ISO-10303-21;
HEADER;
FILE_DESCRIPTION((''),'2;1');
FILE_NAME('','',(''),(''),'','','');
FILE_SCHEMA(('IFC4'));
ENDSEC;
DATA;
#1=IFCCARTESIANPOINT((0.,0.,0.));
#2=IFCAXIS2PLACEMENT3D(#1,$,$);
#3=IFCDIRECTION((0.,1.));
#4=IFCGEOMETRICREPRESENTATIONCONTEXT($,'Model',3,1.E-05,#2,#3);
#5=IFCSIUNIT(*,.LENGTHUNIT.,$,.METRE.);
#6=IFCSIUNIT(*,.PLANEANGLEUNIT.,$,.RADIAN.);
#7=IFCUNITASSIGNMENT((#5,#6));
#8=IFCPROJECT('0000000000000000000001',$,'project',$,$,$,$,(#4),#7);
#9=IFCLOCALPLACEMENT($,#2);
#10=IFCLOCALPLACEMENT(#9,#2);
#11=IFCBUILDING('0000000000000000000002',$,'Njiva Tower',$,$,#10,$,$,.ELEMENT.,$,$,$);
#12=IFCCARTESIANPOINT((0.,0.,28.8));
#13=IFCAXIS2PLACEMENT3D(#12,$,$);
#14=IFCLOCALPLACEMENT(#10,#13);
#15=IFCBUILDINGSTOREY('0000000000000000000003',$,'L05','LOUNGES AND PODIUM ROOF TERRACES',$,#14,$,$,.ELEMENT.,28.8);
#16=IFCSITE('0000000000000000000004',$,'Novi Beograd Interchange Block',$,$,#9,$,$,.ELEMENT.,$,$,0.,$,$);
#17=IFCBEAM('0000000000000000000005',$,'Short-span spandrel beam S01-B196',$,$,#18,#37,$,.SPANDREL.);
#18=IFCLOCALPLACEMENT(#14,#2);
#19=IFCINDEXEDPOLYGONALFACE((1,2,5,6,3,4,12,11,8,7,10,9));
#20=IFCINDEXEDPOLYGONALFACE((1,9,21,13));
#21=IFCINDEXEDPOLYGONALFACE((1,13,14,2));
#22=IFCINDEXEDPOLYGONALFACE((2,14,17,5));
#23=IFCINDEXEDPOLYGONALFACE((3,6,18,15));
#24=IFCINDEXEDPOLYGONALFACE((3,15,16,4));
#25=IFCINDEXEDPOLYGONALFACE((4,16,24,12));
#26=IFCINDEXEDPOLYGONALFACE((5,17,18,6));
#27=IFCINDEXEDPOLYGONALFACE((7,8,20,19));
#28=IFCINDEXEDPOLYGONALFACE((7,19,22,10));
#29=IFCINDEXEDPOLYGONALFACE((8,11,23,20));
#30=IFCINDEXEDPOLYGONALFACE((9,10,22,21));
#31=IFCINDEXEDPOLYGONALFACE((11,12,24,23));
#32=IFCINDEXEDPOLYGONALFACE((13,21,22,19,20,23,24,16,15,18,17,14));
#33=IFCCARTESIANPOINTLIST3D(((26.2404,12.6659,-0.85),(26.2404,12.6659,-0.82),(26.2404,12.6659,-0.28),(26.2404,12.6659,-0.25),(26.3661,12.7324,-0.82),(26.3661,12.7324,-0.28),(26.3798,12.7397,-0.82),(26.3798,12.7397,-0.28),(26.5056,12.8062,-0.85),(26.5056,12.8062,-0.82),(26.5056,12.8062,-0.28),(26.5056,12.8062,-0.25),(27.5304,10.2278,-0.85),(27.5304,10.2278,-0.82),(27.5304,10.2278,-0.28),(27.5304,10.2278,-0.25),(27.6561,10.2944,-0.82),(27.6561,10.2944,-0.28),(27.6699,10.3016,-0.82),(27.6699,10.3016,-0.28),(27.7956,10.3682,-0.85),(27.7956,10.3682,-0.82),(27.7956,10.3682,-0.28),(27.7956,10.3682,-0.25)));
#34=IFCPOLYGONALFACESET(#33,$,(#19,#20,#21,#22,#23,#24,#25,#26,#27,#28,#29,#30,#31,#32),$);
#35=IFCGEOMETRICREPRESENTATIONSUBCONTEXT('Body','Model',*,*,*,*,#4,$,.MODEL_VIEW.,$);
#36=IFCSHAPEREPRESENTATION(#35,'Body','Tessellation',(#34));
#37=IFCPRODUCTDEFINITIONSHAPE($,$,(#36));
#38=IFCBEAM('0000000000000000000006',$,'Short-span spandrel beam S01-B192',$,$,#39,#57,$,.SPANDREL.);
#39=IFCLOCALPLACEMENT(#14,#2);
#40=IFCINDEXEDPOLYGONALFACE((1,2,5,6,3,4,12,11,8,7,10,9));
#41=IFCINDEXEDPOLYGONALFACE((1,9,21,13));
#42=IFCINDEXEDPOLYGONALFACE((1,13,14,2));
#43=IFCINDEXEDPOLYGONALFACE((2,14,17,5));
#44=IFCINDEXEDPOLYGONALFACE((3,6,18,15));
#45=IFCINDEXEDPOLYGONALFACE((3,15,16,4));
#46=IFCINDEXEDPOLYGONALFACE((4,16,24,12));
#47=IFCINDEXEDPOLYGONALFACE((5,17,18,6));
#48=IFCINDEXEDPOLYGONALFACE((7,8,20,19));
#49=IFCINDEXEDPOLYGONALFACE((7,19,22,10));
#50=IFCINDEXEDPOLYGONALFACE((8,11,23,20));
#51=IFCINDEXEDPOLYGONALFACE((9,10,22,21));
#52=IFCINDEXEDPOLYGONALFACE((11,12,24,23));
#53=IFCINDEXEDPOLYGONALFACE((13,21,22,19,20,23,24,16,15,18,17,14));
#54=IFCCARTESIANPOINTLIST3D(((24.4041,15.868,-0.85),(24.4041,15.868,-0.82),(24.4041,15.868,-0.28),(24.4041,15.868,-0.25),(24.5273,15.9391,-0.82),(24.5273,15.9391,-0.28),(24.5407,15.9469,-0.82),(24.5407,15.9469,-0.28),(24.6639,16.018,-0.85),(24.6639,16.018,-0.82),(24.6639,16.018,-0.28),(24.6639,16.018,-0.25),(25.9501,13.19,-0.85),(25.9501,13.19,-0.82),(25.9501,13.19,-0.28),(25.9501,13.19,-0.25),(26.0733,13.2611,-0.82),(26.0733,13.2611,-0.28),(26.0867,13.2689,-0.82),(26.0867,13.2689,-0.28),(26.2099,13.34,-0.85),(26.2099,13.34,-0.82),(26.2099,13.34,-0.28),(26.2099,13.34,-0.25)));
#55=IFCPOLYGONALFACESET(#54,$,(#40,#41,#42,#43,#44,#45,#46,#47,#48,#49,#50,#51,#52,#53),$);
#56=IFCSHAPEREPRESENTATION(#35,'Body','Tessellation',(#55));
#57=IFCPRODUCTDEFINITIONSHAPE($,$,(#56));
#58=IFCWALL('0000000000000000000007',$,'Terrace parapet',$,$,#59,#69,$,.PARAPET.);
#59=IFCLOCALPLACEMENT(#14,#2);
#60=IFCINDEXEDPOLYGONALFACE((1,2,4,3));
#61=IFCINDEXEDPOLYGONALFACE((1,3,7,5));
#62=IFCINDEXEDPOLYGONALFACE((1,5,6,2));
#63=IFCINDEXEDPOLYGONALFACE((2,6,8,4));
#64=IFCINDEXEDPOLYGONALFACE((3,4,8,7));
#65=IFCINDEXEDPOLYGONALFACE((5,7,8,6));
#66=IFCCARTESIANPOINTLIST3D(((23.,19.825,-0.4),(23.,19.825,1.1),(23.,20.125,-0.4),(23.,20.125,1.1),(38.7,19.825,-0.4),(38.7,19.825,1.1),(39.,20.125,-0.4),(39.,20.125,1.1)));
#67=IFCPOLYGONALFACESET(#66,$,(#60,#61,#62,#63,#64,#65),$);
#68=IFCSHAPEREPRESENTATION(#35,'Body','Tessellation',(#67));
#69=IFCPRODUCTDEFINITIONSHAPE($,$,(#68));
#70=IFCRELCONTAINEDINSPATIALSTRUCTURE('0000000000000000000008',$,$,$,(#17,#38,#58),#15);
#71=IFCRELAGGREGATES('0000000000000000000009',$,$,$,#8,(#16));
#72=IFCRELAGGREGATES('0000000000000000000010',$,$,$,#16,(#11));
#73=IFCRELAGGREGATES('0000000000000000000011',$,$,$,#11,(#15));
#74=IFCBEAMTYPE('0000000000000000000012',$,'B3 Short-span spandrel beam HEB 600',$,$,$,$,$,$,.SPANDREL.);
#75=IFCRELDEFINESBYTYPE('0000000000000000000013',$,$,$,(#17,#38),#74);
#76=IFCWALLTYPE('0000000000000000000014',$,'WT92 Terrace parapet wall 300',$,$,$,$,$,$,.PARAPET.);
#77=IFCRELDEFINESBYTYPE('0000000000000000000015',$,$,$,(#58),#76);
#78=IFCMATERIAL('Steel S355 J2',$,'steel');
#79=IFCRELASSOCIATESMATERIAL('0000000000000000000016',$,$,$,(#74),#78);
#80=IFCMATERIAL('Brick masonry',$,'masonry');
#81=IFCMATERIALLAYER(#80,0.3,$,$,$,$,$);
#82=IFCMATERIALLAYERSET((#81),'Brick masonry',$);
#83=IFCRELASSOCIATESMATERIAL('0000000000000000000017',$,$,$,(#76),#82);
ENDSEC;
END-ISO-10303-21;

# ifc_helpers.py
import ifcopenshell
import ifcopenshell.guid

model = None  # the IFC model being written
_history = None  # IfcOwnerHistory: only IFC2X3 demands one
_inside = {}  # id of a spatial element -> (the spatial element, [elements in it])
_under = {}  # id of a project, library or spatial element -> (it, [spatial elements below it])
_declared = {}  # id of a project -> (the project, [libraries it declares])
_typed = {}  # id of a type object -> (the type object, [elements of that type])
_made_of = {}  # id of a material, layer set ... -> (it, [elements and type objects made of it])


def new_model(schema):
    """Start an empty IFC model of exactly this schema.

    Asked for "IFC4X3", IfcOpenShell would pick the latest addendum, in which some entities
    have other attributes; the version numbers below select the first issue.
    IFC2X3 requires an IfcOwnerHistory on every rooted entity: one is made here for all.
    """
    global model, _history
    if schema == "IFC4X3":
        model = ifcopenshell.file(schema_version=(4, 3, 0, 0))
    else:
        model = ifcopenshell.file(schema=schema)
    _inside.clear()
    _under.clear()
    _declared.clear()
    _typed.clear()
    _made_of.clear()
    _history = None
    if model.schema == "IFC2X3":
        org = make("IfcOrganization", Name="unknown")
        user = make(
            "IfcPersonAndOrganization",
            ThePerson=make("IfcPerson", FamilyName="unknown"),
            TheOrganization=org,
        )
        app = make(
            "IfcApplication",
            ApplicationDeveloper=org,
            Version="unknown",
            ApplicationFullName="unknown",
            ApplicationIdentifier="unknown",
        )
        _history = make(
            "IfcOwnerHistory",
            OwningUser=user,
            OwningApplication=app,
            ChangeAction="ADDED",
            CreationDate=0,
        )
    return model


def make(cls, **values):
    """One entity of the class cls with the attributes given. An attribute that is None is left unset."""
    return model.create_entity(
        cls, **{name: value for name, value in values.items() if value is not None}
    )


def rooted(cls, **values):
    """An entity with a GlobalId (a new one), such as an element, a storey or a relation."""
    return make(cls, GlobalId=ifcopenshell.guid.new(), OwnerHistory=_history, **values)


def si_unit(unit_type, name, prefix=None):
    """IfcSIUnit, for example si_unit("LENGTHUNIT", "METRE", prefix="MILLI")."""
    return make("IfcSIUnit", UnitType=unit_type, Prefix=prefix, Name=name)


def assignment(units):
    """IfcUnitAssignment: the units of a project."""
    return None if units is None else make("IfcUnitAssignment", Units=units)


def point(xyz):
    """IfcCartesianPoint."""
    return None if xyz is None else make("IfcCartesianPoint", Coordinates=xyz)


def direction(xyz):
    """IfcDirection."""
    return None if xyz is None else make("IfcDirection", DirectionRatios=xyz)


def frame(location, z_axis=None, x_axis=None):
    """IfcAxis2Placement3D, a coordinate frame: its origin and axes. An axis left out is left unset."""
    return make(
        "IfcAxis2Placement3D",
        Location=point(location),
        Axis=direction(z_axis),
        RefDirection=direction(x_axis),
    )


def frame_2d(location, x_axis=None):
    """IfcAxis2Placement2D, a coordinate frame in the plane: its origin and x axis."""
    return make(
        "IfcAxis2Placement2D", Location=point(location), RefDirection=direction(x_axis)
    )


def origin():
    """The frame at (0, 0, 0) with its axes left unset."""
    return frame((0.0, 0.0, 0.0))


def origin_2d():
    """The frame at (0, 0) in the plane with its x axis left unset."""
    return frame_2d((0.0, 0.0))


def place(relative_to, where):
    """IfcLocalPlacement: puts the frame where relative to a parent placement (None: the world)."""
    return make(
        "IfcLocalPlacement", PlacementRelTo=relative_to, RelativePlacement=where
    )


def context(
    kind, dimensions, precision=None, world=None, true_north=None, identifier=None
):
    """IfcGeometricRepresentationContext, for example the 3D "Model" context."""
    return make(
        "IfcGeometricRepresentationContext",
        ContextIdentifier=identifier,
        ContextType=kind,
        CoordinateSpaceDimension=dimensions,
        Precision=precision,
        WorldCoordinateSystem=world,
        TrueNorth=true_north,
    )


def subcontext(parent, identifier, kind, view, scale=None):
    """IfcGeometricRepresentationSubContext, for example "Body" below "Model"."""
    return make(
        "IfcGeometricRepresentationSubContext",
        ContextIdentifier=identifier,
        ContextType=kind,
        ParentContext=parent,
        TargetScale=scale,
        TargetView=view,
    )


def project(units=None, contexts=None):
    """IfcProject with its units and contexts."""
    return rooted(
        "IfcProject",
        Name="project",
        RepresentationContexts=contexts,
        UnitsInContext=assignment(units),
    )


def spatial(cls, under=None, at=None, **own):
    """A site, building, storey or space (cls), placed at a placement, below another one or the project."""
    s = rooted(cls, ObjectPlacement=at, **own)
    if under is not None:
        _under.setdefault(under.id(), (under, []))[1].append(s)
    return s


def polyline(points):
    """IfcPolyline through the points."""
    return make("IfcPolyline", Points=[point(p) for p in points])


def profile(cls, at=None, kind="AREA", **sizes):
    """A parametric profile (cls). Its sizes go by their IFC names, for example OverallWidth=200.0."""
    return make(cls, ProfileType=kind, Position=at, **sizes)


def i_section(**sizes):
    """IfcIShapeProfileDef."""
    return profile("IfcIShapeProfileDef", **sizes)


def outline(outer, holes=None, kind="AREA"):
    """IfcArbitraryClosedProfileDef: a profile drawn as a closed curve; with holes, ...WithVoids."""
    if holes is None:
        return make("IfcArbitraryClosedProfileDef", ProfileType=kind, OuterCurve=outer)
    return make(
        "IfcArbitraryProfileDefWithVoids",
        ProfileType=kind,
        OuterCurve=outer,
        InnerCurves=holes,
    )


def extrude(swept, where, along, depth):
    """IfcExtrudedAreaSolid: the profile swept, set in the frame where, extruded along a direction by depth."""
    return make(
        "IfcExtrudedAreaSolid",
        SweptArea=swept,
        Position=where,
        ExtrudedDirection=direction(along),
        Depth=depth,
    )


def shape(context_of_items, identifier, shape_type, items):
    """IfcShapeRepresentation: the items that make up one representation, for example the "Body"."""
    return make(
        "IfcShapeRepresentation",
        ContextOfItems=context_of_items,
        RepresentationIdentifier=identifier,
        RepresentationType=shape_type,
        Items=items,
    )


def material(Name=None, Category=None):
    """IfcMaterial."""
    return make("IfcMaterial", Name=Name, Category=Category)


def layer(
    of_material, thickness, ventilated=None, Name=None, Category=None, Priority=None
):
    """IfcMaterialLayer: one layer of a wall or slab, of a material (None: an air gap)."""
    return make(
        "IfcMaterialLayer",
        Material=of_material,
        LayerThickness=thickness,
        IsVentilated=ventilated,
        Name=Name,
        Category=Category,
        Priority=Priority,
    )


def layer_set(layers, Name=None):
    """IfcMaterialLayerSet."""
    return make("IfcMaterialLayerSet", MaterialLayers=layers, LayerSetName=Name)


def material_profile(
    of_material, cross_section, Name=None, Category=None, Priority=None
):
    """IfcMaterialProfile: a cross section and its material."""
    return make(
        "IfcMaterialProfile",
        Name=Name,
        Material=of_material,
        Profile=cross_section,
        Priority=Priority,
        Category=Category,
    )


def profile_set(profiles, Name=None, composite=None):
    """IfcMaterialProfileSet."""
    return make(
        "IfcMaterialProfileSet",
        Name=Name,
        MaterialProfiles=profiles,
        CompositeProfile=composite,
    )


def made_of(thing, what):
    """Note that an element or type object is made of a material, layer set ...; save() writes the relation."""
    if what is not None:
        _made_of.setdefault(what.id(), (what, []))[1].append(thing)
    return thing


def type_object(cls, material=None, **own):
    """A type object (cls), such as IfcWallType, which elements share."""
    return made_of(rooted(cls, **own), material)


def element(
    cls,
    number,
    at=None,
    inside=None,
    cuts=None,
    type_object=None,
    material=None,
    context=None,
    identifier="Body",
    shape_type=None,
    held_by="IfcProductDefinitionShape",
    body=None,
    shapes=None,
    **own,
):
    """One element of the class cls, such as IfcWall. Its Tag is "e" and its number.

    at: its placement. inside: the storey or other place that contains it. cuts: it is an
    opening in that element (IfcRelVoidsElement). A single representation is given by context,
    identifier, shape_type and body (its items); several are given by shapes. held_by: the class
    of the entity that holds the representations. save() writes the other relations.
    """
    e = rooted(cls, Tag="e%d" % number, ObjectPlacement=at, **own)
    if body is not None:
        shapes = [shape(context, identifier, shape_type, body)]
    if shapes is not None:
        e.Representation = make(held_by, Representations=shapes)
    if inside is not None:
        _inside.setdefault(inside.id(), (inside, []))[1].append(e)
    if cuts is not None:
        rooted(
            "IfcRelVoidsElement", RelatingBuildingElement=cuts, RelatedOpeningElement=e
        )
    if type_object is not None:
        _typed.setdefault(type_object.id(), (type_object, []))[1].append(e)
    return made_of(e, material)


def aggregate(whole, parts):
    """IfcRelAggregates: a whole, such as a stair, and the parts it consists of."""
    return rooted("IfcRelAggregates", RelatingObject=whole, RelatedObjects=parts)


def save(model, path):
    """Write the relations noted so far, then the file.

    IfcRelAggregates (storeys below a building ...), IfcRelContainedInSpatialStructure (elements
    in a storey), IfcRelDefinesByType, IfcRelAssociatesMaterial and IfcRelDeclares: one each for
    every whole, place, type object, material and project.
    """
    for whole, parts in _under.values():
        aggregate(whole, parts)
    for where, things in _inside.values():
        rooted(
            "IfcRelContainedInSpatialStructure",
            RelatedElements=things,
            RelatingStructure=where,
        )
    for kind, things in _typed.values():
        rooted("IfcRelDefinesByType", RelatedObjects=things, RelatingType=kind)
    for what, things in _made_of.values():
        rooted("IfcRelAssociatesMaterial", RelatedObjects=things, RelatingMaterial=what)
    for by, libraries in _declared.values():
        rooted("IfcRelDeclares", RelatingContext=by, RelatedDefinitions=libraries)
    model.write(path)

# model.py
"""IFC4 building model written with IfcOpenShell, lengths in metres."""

from ifc_helpers import new_model, si_unit, direction, frame, origin, origin_2d, place, context, subcontext, project, spatial, polyline, i_section, outline, extrude, material, layer, layer_set, material_profile, profile_set, type_object, element, save


model = new_model("IFC4")

# Units and contexts
model_context = context("Model", 3, precision=1e-05, world=origin(), true_north=direction((0.0, 1.0)))
body_context = subcontext(model_context, "Body", "Model", "MODEL_VIEW")
ifc_project = project(units=[si_unit("LENGTHUNIT", "METRE"), si_unit("PLANEANGLEUNIT", "RADIAN")], contexts=[model_context])

# Site, building, storey
site_placement = place(None, origin())
site = spatial("IfcSite", under=ifc_project, at=site_placement, Name="Novi Beograd Interchange Block", CompositionType="ELEMENT", RefElevation=0.0)
building_placement = place(site_placement, origin())
building = spatial("IfcBuilding", under=site, at=building_placement, Name="Njiva Tower", CompositionType="ELEMENT")
storey_placement = place(building_placement, frame((0.0, 0.0, 28.8)))
storey = spatial("IfcBuildingStorey", under=building, at=storey_placement, Name="L05", Description="LOUNGES AND PODIUM ROOF TERRACES", CompositionType="ELEMENT", Elevation=28.8)

# Shared definitions
ifc_material_1 = material(Name="Steel S355 J2", Category="steel")

# Beams
ifc_material_profile_1 = material_profile(ifc_material_1, i_section(OverallWidth=0.3, OverallDepth=0.6, WebThickness=0.0155, FlangeThickness=0.03, at=origin_2d()), Name="HEB 600")
ifc_profile_set_1 = profile_set([ifc_material_profile_1], Name="Steel S355 J2")
beam_type_1 = type_object("IfcBeamType", Name="B3 Short-span spandrel beam HEB 600", PredefinedType="SPANDREL", material=ifc_profile_set_1)
beam_1_placement = place(storey_placement, frame((27.663, 10.298, -0.55), z_axis=(-0.467688, 0.883894, 0.0), x_axis=(-0.883894, -0.467688, 0.0)))
element("IfcBeam", 1, at=beam_1_placement, inside=storey, type_object=beam_type_1, Name="Short-span spandrel beam S01-B196", PredefinedType="SPANDREL", context=body_context, shape_type="SweptSolid", body=[
    extrude(i_section(OverallWidth=0.3, OverallDepth=0.6, WebThickness=0.0155, FlangeThickness=0.03, at=origin_2d()), origin(), (0.0, 0.0, 1.0), 2.7583),
])
beam_2_placement = place(storey_placement, frame((26.08, 13.265, -0.55), z_axis=(-0.499965, 0.866046, 0.0), x_axis=(-0.866046, -0.499965, 0.0)))
element("IfcBeam", 2, at=beam_2_placement, inside=storey, type_object=beam_type_1, Name="Short-span spandrel beam S01-B192", PredefinedType="SPANDREL", context=body_context, shape_type="SweptSolid", body=[
    extrude(i_section(OverallWidth=0.3, OverallDepth=0.6, WebThickness=0.0155, FlangeThickness=0.03, at=origin_2d()), origin(), (0.0, 0.0, 1.0), 3.0922),
])

# Wall
ifc_material_2 = material(Name="Brick masonry", Category="masonry")
ifc_layer = layer(ifc_material_2, 0.3)
ifc_layer_set = layer_set([ifc_layer], Name="Brick masonry")
wall_type = type_object("IfcWallType", Name="WT92 Terrace parapet wall 300", PredefinedType="PARAPET", material=ifc_layer_set)
wall_placement = place(storey_placement, frame((38.85, 19.975, -0.4), z_axis=(0.0, 0.0, 1.0), x_axis=(-1.0, 0.0, 0.0)))
element("IfcWall", 3, at=wall_placement, inside=storey, type_object=wall_type, Name="Terrace parapet", PredefinedType="PARAPET", context=body_context, shape_type="SweptSolid", body=[
    extrude(outline(polyline([(-0.15, -0.15), (15.85, -0.15), (15.85, 0.15), (0.15, 0.15), (-0.15, -0.15)])), origin(), (0.0, 0.0, 1.0), 1.5),
])

save(model, "model.ifc")
